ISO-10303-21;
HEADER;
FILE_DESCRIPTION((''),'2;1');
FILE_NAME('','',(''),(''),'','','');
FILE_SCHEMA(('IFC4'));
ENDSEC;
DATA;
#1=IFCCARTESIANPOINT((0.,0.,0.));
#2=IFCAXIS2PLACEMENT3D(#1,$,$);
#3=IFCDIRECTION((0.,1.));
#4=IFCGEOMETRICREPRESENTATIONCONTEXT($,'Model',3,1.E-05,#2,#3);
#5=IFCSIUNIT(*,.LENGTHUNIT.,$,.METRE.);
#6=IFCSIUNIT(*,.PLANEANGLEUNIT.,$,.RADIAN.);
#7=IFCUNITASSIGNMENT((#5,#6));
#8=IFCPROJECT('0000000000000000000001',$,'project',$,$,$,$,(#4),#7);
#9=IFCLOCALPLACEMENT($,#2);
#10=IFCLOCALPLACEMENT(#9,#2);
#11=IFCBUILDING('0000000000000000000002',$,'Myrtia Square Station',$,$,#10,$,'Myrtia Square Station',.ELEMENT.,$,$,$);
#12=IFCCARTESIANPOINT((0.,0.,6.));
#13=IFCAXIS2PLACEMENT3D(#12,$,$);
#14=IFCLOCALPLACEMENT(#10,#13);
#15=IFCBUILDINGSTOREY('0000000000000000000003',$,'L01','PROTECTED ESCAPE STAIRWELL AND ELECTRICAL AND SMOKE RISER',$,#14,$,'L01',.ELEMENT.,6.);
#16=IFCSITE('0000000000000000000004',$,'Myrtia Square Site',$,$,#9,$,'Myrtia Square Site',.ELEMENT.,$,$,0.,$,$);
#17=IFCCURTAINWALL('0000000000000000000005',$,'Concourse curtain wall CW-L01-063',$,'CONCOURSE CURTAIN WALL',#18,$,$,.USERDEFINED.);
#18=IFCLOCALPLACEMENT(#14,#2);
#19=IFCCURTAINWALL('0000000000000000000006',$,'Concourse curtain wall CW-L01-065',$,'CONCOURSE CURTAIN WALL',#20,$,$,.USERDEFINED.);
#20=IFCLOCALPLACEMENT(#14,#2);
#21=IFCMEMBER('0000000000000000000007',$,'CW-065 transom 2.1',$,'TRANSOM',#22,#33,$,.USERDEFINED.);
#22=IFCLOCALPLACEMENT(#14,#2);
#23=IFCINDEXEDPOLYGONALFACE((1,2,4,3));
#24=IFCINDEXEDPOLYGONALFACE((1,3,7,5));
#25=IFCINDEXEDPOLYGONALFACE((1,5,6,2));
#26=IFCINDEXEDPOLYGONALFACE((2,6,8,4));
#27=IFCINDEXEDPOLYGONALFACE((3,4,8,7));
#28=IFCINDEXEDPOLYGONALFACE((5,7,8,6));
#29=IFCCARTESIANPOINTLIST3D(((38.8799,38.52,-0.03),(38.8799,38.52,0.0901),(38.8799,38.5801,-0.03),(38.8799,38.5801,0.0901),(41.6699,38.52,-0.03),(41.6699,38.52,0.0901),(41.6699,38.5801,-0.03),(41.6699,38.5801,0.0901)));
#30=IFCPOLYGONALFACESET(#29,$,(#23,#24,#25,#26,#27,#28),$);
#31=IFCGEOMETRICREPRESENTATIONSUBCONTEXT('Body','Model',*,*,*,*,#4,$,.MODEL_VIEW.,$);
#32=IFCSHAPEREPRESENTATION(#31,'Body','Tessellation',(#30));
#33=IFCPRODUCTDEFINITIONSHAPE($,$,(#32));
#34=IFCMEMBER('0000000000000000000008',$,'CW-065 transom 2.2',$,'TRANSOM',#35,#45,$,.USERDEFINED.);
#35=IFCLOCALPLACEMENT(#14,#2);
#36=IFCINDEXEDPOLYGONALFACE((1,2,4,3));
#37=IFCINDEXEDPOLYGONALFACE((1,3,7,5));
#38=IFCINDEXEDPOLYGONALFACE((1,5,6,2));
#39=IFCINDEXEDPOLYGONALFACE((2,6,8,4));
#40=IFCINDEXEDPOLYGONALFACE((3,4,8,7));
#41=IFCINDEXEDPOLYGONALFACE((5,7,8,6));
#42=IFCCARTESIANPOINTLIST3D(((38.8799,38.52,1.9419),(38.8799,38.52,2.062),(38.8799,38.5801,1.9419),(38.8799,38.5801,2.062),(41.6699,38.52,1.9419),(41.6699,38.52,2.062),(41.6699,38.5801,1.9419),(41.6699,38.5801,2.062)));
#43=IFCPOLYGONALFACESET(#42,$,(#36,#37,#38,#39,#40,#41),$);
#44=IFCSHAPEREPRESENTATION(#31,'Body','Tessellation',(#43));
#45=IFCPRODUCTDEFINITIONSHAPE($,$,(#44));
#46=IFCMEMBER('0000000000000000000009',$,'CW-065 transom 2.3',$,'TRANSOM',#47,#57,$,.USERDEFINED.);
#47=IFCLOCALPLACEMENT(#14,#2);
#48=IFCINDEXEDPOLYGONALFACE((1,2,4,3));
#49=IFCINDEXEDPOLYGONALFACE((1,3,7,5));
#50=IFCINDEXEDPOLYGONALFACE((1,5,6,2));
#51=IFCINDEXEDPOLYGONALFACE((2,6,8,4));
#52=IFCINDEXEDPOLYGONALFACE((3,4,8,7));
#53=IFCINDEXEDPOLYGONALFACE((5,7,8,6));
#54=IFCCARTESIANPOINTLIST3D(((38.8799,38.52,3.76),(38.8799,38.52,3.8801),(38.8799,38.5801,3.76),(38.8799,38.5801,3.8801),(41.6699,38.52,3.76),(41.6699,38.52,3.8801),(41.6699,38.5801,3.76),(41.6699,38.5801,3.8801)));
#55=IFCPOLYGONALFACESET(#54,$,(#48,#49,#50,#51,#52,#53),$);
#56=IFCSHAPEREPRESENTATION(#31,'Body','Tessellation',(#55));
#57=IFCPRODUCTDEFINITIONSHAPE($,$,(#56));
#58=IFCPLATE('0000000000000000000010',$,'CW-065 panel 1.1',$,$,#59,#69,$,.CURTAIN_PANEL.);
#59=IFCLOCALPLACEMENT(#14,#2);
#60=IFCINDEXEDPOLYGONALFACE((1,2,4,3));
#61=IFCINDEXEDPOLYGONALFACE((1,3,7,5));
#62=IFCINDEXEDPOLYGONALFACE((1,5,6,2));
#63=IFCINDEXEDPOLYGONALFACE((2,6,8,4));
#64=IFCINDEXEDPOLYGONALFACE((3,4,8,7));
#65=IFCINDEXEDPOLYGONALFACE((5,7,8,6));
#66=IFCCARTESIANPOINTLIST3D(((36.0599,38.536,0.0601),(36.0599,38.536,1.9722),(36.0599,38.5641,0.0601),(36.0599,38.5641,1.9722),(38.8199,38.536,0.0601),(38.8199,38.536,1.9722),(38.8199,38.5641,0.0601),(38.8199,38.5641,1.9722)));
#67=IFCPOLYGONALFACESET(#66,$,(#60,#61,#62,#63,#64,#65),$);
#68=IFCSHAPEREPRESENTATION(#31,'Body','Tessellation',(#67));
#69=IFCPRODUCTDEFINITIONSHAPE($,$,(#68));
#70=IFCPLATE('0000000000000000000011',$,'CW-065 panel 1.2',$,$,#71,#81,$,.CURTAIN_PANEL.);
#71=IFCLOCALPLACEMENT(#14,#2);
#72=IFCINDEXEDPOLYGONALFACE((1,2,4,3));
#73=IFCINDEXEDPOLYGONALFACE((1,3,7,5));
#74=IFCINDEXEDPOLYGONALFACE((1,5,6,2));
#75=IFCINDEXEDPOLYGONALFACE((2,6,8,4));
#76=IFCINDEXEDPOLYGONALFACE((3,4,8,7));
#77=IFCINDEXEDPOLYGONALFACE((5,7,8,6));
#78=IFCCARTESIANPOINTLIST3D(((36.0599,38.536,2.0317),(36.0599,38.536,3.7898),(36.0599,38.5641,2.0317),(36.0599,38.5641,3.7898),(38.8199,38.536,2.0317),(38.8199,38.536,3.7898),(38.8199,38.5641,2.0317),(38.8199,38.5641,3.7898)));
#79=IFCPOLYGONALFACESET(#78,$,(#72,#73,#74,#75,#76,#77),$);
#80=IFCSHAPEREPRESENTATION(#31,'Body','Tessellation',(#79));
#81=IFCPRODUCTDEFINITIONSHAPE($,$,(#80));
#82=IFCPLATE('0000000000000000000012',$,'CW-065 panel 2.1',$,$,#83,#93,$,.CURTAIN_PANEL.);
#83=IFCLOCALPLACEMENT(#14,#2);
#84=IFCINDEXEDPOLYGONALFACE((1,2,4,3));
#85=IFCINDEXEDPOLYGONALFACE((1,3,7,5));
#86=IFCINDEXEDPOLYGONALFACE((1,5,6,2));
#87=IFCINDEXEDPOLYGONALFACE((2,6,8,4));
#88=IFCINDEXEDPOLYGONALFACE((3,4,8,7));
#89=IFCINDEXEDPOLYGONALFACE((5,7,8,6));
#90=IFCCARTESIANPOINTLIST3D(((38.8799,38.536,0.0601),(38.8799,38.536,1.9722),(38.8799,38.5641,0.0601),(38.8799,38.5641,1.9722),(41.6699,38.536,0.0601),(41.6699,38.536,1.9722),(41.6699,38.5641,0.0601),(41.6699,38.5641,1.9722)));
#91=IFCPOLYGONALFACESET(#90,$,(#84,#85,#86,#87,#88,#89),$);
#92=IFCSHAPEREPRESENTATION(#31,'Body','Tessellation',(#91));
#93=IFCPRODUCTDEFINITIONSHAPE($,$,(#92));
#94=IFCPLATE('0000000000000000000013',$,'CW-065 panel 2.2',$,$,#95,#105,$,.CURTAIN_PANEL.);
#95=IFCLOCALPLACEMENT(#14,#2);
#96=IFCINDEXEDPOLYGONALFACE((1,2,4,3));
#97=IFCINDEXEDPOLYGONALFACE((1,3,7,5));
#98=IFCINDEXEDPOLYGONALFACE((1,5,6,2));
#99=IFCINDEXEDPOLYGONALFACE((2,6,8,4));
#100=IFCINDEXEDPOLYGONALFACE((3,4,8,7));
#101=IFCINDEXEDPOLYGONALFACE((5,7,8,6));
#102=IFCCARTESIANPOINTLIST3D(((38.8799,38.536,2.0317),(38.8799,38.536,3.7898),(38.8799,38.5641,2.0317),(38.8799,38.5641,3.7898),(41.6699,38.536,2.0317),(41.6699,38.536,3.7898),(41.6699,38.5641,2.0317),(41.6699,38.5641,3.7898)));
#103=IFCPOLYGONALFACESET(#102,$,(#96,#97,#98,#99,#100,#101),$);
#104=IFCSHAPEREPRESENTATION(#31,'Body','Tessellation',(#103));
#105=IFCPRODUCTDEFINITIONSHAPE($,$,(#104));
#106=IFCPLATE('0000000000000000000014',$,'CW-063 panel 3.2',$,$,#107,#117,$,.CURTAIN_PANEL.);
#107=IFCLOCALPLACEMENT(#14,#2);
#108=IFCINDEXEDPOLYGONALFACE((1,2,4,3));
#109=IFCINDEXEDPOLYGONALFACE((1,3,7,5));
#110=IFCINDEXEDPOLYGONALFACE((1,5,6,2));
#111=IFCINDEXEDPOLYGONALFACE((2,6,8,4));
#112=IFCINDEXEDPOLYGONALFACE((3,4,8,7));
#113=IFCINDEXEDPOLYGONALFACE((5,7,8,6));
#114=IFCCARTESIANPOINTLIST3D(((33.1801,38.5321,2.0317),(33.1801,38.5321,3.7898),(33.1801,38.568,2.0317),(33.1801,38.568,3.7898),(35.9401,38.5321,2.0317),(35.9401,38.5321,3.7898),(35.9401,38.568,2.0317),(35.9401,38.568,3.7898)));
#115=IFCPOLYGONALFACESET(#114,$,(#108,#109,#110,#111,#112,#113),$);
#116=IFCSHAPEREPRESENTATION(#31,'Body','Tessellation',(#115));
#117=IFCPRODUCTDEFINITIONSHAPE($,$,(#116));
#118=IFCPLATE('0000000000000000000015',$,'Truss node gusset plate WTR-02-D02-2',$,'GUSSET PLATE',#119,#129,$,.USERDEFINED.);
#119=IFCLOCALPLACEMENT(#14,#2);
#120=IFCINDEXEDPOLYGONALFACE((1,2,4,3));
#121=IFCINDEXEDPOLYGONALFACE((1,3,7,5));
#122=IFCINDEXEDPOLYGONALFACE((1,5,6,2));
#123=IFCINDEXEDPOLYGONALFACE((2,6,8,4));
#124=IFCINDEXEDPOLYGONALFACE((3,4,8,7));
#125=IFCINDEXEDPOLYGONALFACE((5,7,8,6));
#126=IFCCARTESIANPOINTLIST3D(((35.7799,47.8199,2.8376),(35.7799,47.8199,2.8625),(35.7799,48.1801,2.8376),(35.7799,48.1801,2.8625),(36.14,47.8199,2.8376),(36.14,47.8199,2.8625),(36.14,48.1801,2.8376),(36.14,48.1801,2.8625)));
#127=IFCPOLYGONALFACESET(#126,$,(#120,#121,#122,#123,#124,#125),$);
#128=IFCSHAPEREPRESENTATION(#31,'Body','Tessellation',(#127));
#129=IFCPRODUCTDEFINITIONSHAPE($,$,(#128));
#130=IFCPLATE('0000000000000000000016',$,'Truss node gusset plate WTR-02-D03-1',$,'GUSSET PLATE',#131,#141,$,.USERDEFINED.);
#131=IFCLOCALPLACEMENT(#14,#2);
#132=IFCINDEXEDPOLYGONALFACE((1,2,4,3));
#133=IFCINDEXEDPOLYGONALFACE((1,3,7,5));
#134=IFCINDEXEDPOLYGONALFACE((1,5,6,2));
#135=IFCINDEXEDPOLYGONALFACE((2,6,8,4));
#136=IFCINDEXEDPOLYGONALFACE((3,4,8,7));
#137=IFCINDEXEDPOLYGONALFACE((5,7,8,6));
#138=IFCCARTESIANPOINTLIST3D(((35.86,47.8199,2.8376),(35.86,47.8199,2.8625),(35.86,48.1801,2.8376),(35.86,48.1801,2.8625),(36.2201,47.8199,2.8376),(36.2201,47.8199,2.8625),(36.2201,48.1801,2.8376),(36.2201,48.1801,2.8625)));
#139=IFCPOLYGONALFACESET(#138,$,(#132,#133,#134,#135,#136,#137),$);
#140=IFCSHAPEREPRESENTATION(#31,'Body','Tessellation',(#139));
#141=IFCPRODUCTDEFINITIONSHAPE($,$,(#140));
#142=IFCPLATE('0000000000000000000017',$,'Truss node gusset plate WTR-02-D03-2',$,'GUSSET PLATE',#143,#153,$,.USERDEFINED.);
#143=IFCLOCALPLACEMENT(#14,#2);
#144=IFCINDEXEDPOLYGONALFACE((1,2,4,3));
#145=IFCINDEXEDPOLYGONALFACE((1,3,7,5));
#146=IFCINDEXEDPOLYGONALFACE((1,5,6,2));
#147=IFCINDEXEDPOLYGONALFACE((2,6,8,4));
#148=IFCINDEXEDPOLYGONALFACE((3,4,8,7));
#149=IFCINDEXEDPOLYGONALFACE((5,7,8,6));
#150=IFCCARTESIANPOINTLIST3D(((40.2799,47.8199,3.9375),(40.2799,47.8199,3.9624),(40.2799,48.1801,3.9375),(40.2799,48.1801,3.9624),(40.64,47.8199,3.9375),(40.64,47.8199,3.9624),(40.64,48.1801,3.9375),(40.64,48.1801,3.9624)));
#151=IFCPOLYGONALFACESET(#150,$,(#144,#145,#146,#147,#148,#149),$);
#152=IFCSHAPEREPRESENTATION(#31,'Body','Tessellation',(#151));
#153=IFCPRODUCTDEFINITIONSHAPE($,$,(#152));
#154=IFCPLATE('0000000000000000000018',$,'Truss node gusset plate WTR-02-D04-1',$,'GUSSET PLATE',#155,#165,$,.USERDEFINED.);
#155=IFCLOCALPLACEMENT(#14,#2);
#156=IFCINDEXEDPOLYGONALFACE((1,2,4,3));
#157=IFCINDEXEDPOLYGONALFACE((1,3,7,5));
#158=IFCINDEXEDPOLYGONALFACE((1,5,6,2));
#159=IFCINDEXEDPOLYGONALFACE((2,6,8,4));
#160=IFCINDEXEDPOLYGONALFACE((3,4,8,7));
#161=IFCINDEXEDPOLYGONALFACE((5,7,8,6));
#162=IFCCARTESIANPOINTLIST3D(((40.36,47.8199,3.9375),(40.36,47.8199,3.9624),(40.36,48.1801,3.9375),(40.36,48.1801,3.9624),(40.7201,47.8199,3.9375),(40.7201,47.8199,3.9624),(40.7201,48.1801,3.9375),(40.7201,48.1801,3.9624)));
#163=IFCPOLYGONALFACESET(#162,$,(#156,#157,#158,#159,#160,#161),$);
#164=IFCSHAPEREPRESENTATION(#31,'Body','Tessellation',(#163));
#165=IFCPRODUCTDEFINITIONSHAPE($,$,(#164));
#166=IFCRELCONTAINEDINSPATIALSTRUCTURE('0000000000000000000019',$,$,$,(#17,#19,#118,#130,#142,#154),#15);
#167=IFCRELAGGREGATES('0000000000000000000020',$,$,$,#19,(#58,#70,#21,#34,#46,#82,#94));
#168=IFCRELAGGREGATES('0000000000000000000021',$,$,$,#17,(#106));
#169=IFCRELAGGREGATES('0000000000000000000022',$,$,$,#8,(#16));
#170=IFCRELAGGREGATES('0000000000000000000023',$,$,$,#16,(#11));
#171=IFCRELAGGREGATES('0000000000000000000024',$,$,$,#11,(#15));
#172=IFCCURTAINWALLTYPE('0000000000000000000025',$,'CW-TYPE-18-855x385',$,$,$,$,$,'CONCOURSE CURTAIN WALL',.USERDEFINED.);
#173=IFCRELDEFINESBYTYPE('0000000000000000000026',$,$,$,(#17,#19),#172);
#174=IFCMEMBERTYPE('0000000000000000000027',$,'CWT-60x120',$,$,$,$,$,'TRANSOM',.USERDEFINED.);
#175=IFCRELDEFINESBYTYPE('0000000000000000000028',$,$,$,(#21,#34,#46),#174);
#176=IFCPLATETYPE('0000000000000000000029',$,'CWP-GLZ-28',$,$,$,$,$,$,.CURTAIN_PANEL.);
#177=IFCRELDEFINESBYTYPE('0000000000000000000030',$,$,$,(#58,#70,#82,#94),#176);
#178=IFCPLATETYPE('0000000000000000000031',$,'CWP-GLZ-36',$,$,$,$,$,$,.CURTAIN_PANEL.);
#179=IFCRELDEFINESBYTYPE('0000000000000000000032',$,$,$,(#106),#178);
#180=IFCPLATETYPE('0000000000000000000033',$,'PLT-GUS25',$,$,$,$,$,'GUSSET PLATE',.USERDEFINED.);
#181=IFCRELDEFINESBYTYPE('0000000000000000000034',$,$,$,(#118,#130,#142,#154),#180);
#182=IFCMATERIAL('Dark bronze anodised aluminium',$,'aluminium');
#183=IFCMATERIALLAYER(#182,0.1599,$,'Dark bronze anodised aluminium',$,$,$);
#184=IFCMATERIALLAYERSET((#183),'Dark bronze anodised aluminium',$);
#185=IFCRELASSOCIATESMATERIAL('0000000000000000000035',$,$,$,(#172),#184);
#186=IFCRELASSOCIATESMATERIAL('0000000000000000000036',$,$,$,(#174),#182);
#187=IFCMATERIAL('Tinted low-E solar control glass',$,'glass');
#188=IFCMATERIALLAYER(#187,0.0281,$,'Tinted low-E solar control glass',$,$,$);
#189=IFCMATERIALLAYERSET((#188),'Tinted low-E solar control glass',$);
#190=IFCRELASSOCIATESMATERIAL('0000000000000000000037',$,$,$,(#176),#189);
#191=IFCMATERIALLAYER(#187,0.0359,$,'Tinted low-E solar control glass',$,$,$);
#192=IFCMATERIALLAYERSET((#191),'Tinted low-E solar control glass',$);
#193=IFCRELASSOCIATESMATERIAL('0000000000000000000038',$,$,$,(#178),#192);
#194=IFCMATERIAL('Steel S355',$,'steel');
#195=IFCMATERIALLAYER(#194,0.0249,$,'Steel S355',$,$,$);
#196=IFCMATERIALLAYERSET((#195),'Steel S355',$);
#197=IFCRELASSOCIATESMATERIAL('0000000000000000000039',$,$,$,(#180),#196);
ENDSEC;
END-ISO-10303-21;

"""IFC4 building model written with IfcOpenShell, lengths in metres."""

from ifc_helpers import new_model, si_unit, direction, frame, origin, origin_2d, place, context, subcontext, project, spatial, rectangle, extrude, material, layer, layer_set, material_profile, profile_set, type_object, element, aggregate, save


model = new_model("IFC4")

# Units and contexts
model_context = context("Model", 3, precision=1e-05, world=origin(), true_north=direction((0.0, 1.0)))
body_context = subcontext(model_context, "Body", "Model", "MODEL_VIEW")
ifc_project = project(units=[si_unit("LENGTHUNIT", "METRE"), si_unit("PLANEANGLEUNIT", "RADIAN")], contexts=[model_context])

# Site, building, storey
site_placement = place(None, origin())
site = spatial("IfcSite", under=ifc_project, at=site_placement, Name="Myrtia Square Site", LongName="Myrtia Square Site", CompositionType="ELEMENT", RefElevation=0.0)
building_placement = place(site_placement, origin())
building = spatial("IfcBuilding", under=site, at=building_placement, Name="Myrtia Square Station", LongName="Myrtia Square Station", CompositionType="ELEMENT")
storey_placement = place(building_placement, frame((0.0, 0.0, 6.0)))
storey = spatial("IfcBuildingStorey", under=building, at=storey_placement, Name="L01", Description="PROTECTED ESCAPE STAIRWELL AND ELECTRICAL AND SMOKE RISER", LongName="L01", CompositionType="ELEMENT", Elevation=6.0)

# Shared definitions
ifc_material_1 = material(Name="Steel S355", Category="steel")

# Curtain wall
ifc_material_2 = material(Name="Dark bronze anodised aluminium", Category="aluminium")
ifc_layer_1 = layer(ifc_material_2, 0.1599, Name="Dark bronze anodised aluminium")
ifc_layer_set_1 = layer_set([ifc_layer_1], Name="Dark bronze anodised aluminium")
curtain_wall_type = type_object("IfcCurtainWallType", Name="CW-TYPE-18-855x385", ElementType="CONCOURSE CURTAIN WALL", PredefinedType="USERDEFINED", material=ifc_layer_set_1)
curtain_wall_1_placement = place(storey_placement, origin())
curtain_wall_1 = element("IfcCurtainWall", 1, at=curtain_wall_1_placement, inside=storey, type_object=curtain_wall_type, Name="Concourse curtain wall CW-L01-063", ObjectType="CONCOURSE CURTAIN WALL", PredefinedType="USERDEFINED")

# Curtain wall, members, plates
curtain_wall_2_placement = place(storey_placement, origin())
curtain_wall_2 = element("IfcCurtainWall", 2, at=curtain_wall_2_placement, inside=storey, type_object=curtain_wall_type, Name="Concourse curtain wall CW-L01-065", ObjectType="CONCOURSE CURTAIN WALL", PredefinedType="USERDEFINED")
ifc_material_profile_1 = material_profile(ifc_material_2, rectangle(XDim=0.0601, YDim=0.1201, at=origin_2d()), Name="ALU-T 60x120")
ifc_profile_set_1 = profile_set([ifc_material_profile_1], Name="Dark bronze anodised aluminium")
member_type_1 = type_object("IfcMemberType", Name="CWT-60x120", ElementType="TRANSOM", PredefinedType="USERDEFINED", material=ifc_profile_set_1)
member_1_placement = place(storey_placement, frame((38.8799, 38.55, 0.03), z_axis=(1.0, 0.0, 0.0), x_axis=(0.0, 1.0, 0.0)))
member_1 = element("IfcMember", 3, at=member_1_placement, type_object=member_type_1, Name="CW-065 transom 2.1", ObjectType="TRANSOM", PredefinedType="USERDEFINED", context=body_context, shape_type="SweptSolid", body=[
    extrude(rectangle(XDim=0.0601, YDim=0.1201, at=origin_2d()), origin(), (0.0, 0.0, 1.0), 2.79),
])
member_2_placement = place(storey_placement, frame((38.8799, 38.55, 2.002), z_axis=(1.0, 0.0, 0.0), x_axis=(0.0, 1.0, 0.0)))
member_2 = element("IfcMember", 4, at=member_2_placement, type_object=member_type_1, Name="CW-065 transom 2.2", ObjectType="TRANSOM", PredefinedType="USERDEFINED", context=body_context, shape_type="SweptSolid", body=[
    extrude(rectangle(XDim=0.0601, YDim=0.1201, at=origin_2d()), origin(), (0.0, 0.0, 1.0), 2.79),
])
member_3_placement = place(storey_placement, frame((38.8799, 38.55, 3.8201), z_axis=(1.0, 0.0, 0.0), x_axis=(0.0, 1.0, 0.0)))
member_3 = element("IfcMember", 5, at=member_3_placement, type_object=member_type_1, Name="CW-065 transom 2.3", ObjectType="TRANSOM", PredefinedType="USERDEFINED", context=body_context, shape_type="SweptSolid", body=[
    extrude(rectangle(XDim=0.0601, YDim=0.1201, at=origin_2d()), origin(), (0.0, 0.0, 1.0), 2.79),
])
ifc_material_3 = material(Name="Tinted low-E solar control glass", Category="glass")
ifc_layer_2 = layer(ifc_material_3, 0.0281, Name="Tinted low-E solar control glass")
ifc_layer_set_2 = layer_set([ifc_layer_2], Name="Tinted low-E solar control glass")
plate_type_1 = type_object("IfcPlateType", Name="CWP-GLZ-28", PredefinedType="CURTAIN_PANEL", material=ifc_layer_set_2)
plate_1_placement = place(storey_placement, frame((37.4399, 38.55, 0.0601), z_axis=(0.0, 0.0, 1.0), x_axis=(1.0, 0.0, 0.0)))
plate_1 = element("IfcPlate", 6, at=plate_1_placement, type_object=plate_type_1, Name="CW-065 panel 1.1", PredefinedType="CURTAIN_PANEL", context=body_context, shape_type="SweptSolid", body=[
    extrude(rectangle(XDim=2.76, YDim=0.0281, at=origin_2d()), origin(), (0.0, 0.0, 1.0), 1.9121),
])
plate_2_placement = place(storey_placement, frame((37.4399, 38.55, 2.0317), z_axis=(0.0, 0.0, 1.0), x_axis=(1.0, 0.0, 0.0)))
plate_2 = element("IfcPlate", 7, at=plate_2_placement, type_object=plate_type_1, Name="CW-065 panel 1.2", PredefinedType="CURTAIN_PANEL", context=body_context, shape_type="SweptSolid", body=[
    extrude(rectangle(XDim=2.76, YDim=0.0281, at=origin_2d()), origin(), (0.0, 0.0, 1.0), 1.7581),
])
plate_3_placement = place(storey_placement, frame((40.2749, 38.55, 0.0601), z_axis=(0.0, 0.0, 1.0), x_axis=(1.0, 0.0, 0.0)))
plate_3 = element("IfcPlate", 8, at=plate_3_placement, type_object=plate_type_1, Name="CW-065 panel 2.1", PredefinedType="CURTAIN_PANEL", context=body_context, shape_type="SweptSolid", body=[
    extrude(rectangle(XDim=2.79, YDim=0.0281, at=origin_2d()), origin(), (0.0, 0.0, 1.0), 1.9121),
])
plate_4_placement = place(storey_placement, frame((40.2749, 38.55, 2.0317), z_axis=(0.0, 0.0, 1.0), x_axis=(1.0, 0.0, 0.0)))
plate_4 = element("IfcPlate", 9, at=plate_4_placement, type_object=plate_type_1, Name="CW-065 panel 2.2", PredefinedType="CURTAIN_PANEL", context=body_context, shape_type="SweptSolid", body=[
    extrude(rectangle(XDim=2.79, YDim=0.0281, at=origin_2d()), origin(), (0.0, 0.0, 1.0), 1.7581),
])
aggregate(curtain_wall_2, [plate_1, plate_2, member_1, member_2, member_3, plate_3, plate_4])

# Plate
ifc_layer_3 = layer(ifc_material_3, 0.0359, Name="Tinted low-E solar control glass")
ifc_layer_set_3 = layer_set([ifc_layer_3], Name="Tinted low-E solar control glass")
plate_type_2 = type_object("IfcPlateType", Name="CWP-GLZ-36", PredefinedType="CURTAIN_PANEL", material=ifc_layer_set_3)
plate_5_placement = place(storey_placement, frame((34.5601, 38.55, 2.0317), z_axis=(0.0, 0.0, 1.0), x_axis=(1.0, 0.0, 0.0)))
plate_5 = element("IfcPlate", 10, at=plate_5_placement, type_object=plate_type_2, Name="CW-063 panel 3.2", PredefinedType="CURTAIN_PANEL", context=body_context, shape_type="SweptSolid", body=[
    extrude(rectangle(XDim=2.76, YDim=0.0359, at=origin_2d()), origin(), (0.0, 0.0, 1.0), 1.7581),
])
aggregate(curtain_wall_1, [plate_5])

# Plates
ifc_layer_4 = layer(ifc_material_1, 0.0249, Name="Steel S355")
ifc_layer_set_4 = layer_set([ifc_layer_4], Name="Steel S355")
plate_type_3 = type_object("IfcPlateType", Name="PLT-GUS25", ElementType="GUSSET PLATE", PredefinedType="USERDEFINED", material=ifc_layer_set_4)
for number, where, z_axis, x_axis, name in (
    (11, (35.96, 48.0, 2.8376), (0.0, 0.0, 1.0), (1.0, 0.0, 0.0), "Truss node gusset plate WTR-02-D02-2"),
    (12, (36.04, 48.0, 2.8376), (0.0, 0.0, 1.0), (1.0, 0.0, 0.0), "Truss node gusset plate WTR-02-D03-1"),
    (13, (40.46, 48.0, 3.9375), (0.0, 0.0, 1.0), (1.0, 0.0, 0.0), "Truss node gusset plate WTR-02-D03-2"),
    (14, (40.54, 48.0, 3.9375), (0.0, 0.0, 1.0), (1.0, 0.0, 0.0), "Truss node gusset plate WTR-02-D04-1"),
):
    element("IfcPlate", number, at=place(storey_placement, frame(where, z_axis=z_axis, x_axis=x_axis)), inside=storey, type_object=plate_type_3, Name=name, ObjectType="GUSSET PLATE", PredefinedType="USERDEFINED", context=body_context, shape_type="SweptSolid", body=[
        extrude(rectangle(XDim=0.3601, YDim=0.3601, at=origin_2d()), origin(), (0.0, 0.0, 1.0), 0.0249),
    ])

save(model, "model.ifc")
